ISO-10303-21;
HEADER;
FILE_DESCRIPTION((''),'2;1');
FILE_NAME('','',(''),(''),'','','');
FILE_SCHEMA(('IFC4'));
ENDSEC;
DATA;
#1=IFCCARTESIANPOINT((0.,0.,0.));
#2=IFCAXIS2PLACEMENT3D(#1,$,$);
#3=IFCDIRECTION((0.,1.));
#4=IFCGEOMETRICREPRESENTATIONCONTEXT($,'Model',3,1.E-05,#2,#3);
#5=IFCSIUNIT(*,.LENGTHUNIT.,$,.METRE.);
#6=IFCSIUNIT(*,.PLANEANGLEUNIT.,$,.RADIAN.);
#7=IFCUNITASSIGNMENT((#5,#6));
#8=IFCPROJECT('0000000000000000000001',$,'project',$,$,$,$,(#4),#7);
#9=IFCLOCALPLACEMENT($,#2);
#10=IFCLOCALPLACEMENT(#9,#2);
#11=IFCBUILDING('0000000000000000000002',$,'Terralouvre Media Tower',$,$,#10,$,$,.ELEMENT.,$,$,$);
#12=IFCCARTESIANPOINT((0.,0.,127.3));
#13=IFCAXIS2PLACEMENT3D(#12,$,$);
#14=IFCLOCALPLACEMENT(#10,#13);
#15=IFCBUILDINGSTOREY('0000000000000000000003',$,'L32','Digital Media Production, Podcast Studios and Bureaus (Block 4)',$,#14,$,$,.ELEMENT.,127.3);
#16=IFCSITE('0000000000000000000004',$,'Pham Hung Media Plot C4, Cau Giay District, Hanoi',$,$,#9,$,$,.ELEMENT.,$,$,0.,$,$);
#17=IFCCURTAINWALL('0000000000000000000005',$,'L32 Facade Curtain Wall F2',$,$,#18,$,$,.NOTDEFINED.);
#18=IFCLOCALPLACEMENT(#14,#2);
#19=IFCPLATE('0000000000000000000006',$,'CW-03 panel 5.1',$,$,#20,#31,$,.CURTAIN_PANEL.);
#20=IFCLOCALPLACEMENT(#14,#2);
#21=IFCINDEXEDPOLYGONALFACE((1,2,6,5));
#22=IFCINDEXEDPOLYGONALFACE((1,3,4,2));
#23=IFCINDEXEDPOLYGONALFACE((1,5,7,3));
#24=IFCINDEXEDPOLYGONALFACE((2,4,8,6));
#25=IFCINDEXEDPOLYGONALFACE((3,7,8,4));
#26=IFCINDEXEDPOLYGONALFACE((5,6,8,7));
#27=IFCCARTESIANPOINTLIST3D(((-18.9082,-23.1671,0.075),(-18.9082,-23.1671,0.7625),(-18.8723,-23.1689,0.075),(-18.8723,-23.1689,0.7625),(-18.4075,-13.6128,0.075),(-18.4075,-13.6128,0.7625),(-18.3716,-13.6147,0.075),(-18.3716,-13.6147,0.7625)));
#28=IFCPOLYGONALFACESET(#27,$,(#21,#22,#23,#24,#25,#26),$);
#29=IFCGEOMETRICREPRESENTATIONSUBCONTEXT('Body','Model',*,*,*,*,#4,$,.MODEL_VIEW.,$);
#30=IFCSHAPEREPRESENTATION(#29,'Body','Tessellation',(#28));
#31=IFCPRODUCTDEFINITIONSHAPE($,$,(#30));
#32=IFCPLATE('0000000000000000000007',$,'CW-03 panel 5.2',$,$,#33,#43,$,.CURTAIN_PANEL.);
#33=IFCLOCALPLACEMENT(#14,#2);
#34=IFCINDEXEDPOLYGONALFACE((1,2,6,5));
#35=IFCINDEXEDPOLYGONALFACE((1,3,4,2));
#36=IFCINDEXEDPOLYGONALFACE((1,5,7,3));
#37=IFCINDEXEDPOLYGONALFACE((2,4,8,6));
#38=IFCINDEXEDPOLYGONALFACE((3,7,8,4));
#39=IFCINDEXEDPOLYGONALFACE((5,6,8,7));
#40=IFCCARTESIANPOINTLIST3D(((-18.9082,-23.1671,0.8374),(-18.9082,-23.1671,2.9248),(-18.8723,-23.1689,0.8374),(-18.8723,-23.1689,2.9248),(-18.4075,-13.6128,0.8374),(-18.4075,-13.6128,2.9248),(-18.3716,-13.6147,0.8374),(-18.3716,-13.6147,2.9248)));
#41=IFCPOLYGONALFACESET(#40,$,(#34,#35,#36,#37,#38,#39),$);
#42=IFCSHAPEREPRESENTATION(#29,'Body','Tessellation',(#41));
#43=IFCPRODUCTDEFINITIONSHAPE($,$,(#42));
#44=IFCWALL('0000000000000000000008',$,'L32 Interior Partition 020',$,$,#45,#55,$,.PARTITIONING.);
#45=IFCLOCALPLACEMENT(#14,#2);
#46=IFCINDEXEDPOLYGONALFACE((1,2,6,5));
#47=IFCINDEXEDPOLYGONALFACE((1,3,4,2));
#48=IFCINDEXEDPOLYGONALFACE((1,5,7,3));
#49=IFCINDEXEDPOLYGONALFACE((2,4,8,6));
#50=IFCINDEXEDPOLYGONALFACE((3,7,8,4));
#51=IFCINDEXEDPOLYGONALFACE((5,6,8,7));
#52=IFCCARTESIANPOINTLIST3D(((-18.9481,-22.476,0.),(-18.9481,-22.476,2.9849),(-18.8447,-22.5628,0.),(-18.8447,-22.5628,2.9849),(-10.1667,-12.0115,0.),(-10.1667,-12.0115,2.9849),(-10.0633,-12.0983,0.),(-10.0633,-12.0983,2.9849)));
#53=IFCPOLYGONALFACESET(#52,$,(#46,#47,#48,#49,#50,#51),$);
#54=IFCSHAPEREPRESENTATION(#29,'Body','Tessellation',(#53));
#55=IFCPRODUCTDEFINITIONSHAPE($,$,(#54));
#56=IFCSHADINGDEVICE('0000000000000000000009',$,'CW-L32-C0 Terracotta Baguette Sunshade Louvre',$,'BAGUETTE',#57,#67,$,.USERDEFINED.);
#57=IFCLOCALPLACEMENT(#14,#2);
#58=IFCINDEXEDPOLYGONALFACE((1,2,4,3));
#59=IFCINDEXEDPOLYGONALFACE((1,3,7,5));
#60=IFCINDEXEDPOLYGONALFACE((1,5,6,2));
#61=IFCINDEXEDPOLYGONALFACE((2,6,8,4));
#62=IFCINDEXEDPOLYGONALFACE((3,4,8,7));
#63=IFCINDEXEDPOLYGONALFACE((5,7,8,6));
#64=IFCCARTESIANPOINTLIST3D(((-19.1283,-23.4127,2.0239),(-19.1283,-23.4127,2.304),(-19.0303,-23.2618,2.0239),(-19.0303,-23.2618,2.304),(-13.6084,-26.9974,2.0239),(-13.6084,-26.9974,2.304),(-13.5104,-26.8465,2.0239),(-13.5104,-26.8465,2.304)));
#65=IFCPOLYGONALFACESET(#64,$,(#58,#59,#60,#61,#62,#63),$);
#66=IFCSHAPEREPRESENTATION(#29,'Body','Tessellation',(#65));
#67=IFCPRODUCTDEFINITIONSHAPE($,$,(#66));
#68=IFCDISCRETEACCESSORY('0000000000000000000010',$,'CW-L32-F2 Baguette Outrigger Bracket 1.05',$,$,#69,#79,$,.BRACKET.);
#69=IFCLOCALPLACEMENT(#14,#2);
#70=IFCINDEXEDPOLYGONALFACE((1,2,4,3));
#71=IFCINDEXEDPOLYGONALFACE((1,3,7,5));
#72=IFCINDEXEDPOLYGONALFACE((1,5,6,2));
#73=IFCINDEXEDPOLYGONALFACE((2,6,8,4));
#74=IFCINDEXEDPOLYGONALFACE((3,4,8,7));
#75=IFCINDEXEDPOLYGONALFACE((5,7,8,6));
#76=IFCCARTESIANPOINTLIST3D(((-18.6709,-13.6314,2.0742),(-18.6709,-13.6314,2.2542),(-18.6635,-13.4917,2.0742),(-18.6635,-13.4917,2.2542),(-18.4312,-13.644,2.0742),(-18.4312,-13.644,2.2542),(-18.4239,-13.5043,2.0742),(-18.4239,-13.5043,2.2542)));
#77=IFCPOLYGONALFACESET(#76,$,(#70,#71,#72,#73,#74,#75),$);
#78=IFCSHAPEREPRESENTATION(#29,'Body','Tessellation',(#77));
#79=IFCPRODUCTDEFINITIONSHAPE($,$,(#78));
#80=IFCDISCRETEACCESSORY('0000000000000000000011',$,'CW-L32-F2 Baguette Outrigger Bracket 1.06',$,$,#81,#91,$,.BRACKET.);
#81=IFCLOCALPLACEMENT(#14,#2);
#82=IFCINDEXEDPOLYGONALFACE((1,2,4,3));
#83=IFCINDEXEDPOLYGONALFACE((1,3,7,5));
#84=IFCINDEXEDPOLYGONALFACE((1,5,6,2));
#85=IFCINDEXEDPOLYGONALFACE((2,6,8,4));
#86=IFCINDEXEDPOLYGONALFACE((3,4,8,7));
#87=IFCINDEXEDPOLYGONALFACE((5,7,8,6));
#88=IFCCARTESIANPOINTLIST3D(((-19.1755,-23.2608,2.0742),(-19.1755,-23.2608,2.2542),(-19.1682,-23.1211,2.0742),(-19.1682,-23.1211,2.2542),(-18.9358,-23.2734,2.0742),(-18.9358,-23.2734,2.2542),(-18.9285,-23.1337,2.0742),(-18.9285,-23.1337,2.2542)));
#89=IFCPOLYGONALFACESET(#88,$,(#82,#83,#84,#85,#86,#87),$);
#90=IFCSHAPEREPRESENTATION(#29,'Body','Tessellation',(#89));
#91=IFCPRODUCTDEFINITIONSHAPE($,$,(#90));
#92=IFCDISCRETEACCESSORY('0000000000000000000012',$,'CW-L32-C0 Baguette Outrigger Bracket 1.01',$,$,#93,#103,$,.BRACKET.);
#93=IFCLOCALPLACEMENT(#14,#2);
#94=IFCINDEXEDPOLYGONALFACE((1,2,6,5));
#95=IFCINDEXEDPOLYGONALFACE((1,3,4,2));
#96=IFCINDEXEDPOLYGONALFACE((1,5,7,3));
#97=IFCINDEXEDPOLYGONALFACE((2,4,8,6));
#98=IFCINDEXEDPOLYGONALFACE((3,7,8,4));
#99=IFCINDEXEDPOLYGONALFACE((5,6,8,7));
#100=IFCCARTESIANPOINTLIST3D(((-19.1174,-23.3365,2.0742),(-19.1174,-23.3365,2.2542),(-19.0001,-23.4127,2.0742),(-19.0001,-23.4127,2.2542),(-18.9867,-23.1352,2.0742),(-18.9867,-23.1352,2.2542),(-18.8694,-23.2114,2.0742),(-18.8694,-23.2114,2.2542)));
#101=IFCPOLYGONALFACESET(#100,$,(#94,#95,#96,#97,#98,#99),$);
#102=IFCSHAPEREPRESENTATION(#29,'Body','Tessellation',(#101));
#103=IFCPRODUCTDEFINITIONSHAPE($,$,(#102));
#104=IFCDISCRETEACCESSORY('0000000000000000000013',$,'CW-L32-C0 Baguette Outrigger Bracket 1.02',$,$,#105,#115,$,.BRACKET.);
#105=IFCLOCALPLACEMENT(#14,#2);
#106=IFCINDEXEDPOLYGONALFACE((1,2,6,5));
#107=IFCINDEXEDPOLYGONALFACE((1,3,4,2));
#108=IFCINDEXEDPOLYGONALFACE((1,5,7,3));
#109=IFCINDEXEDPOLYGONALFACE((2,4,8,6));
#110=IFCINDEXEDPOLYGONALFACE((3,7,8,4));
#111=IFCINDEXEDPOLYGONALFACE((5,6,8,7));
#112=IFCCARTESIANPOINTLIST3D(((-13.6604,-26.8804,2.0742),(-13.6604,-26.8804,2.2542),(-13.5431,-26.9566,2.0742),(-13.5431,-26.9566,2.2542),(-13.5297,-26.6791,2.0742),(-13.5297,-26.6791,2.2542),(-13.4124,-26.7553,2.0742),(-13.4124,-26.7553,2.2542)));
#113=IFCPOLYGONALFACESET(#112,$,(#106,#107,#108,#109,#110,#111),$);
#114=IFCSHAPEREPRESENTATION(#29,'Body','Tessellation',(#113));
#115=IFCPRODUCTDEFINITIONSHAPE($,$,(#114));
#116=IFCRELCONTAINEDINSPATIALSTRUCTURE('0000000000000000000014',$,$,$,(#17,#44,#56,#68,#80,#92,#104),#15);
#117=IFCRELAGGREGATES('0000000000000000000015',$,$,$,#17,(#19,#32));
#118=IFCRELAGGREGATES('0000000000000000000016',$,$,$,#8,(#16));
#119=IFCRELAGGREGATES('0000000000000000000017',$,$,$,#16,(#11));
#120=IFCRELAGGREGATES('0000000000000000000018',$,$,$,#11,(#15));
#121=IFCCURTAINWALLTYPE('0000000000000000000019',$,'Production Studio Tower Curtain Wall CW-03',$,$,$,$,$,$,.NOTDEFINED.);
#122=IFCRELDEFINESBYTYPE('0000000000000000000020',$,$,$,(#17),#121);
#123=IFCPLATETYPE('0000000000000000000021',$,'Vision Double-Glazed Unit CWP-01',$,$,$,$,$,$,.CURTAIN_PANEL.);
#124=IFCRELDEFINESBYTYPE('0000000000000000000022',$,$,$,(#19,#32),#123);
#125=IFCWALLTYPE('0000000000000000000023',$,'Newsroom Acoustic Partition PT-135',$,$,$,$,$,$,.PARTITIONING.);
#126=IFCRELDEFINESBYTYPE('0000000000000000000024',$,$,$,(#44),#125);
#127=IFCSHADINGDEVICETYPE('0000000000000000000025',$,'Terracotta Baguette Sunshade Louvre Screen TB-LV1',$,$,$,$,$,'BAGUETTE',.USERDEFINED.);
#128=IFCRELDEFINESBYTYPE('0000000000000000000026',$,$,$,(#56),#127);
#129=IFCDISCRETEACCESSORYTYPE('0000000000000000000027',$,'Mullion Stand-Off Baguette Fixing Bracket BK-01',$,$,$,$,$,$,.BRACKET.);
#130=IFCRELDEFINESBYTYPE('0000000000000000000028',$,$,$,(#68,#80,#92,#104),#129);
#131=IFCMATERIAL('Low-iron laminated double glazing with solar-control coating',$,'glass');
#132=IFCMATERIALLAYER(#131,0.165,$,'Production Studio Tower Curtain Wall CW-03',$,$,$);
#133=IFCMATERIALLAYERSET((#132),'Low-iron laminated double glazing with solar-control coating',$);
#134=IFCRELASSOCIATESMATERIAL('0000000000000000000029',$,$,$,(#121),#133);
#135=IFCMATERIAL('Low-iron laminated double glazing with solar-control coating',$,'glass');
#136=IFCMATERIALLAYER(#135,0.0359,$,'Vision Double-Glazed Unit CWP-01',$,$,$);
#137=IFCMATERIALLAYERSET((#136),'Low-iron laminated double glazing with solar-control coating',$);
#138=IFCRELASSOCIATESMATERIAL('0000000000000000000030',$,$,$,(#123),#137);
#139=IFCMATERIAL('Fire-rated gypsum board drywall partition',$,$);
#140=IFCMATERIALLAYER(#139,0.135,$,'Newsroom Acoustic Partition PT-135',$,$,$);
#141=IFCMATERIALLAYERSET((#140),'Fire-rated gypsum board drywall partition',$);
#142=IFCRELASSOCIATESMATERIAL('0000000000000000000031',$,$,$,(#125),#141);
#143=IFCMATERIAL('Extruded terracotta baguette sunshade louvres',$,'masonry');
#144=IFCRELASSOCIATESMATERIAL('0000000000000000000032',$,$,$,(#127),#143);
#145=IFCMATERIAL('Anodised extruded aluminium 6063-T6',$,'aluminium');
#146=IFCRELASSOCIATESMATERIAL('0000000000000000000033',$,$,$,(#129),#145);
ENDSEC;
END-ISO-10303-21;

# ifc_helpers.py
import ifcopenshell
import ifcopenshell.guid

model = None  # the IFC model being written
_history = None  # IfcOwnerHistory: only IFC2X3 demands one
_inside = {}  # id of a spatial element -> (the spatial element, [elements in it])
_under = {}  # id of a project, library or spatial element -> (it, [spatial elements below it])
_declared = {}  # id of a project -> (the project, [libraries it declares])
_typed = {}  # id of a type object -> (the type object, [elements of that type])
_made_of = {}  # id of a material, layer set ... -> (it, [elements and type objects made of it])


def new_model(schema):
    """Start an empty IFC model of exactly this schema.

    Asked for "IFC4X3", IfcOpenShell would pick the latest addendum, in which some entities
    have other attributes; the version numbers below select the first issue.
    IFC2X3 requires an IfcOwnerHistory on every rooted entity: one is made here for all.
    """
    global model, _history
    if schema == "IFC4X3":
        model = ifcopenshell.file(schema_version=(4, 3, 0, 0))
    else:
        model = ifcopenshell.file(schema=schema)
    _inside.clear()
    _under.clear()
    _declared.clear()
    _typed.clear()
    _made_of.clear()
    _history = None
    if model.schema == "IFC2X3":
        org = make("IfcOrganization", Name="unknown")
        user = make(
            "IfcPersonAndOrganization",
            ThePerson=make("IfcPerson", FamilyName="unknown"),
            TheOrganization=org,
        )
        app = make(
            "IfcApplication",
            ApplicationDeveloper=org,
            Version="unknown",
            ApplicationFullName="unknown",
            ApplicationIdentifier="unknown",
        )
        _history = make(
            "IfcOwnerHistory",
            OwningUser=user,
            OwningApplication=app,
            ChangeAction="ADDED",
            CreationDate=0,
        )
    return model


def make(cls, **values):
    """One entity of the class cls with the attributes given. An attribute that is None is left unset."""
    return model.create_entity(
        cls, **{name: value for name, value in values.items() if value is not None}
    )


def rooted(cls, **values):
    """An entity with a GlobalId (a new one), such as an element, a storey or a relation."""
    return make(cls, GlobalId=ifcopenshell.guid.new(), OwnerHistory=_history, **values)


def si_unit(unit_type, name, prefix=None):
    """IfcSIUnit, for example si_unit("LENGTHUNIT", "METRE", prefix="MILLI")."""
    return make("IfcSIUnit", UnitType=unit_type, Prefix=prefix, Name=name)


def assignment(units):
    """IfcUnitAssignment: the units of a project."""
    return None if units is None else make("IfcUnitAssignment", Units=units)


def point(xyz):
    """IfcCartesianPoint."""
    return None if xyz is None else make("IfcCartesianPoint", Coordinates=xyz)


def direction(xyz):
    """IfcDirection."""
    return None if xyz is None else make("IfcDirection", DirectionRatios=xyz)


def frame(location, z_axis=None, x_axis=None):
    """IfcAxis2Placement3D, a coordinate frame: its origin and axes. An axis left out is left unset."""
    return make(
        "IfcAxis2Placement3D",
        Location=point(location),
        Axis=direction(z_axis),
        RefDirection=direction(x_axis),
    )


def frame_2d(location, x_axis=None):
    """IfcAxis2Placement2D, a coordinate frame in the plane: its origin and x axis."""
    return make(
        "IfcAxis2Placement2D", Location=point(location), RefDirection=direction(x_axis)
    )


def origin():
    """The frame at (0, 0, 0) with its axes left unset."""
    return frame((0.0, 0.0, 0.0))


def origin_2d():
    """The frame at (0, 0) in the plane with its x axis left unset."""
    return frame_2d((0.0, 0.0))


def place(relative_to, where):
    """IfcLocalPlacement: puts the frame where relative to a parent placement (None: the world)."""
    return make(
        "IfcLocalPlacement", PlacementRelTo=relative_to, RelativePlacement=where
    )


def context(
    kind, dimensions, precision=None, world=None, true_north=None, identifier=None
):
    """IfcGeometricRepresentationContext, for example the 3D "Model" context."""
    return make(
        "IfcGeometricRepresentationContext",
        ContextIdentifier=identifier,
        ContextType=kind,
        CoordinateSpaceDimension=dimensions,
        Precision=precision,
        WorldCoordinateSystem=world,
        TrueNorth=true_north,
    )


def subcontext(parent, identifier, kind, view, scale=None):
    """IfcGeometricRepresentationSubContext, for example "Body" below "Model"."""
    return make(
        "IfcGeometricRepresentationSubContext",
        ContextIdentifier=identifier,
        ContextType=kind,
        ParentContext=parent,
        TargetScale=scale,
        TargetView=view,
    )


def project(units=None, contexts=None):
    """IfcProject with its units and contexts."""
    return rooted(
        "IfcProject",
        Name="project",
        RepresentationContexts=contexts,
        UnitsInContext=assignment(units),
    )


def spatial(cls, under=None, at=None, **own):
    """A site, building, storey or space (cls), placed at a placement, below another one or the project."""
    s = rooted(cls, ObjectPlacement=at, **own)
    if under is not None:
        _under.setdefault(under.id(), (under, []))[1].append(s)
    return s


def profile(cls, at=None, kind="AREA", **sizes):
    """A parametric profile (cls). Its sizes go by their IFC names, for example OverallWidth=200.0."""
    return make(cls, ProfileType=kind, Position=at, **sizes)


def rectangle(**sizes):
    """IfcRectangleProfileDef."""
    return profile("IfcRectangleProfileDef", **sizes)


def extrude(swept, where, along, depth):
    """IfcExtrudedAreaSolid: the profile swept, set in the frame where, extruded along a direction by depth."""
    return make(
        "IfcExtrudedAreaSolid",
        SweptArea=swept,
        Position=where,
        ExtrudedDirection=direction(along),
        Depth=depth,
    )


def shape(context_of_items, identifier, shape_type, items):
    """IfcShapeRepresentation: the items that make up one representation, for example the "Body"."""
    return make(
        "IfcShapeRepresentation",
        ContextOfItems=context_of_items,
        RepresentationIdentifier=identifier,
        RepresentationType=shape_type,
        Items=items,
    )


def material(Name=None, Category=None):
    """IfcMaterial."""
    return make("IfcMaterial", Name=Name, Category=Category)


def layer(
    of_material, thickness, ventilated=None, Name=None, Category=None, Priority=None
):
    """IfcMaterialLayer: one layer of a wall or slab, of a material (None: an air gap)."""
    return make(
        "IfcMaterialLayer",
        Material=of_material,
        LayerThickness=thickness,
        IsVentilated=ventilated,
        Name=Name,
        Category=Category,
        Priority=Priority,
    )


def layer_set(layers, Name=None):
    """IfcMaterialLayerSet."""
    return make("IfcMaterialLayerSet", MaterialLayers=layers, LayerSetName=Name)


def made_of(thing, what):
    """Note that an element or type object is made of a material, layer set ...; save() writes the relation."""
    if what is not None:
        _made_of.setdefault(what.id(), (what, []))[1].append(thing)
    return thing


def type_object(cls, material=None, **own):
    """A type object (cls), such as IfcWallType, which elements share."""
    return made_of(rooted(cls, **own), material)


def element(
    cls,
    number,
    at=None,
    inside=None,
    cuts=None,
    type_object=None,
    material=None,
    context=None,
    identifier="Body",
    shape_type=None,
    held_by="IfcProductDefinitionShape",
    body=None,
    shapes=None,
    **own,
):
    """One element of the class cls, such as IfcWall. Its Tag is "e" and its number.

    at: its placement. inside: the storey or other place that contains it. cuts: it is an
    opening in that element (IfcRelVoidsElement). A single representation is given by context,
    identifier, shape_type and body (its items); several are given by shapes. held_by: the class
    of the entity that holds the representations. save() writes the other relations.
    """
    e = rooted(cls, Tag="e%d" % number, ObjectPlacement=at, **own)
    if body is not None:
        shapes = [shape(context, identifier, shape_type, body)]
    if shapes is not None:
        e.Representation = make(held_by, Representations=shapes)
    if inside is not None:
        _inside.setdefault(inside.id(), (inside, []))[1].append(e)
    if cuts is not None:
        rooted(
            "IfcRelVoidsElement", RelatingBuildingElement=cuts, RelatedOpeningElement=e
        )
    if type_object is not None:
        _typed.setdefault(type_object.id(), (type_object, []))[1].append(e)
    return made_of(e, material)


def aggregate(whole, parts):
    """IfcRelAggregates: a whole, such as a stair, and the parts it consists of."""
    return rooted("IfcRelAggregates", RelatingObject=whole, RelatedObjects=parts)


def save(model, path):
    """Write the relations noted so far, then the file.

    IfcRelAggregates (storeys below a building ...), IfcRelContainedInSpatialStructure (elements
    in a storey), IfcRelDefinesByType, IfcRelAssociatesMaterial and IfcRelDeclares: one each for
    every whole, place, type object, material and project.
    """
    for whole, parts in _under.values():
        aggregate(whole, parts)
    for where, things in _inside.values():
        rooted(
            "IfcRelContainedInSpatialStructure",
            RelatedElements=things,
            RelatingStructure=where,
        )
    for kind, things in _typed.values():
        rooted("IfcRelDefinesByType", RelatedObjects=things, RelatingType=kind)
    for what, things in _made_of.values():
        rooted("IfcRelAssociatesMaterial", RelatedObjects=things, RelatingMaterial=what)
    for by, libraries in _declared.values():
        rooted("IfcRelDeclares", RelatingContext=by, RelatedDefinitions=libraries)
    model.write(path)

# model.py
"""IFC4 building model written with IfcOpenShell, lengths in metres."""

from ifc_helpers import new_model, si_unit, direction, frame, frame_2d, origin, origin_2d, place, context, subcontext, project, spatial, rectangle, extrude, material, layer, layer_set, type_object, element, aggregate, save


model = new_model("IFC4")

# Units and contexts
model_context = context("Model", 3, precision=1e-05, world=origin(), true_north=direction((0.0, 1.0)))
body_context = subcontext(model_context, "Body", "Model", "MODEL_VIEW")
ifc_project = project(units=[si_unit("LENGTHUNIT", "METRE"), si_unit("PLANEANGLEUNIT", "RADIAN")], contexts=[model_context])

# Site, building, storey
site_placement = place(None, origin())
site = spatial("IfcSite", under=ifc_project, at=site_placement, Name="Pham Hung Media Plot C4, Cau Giay District, Hanoi", CompositionType="ELEMENT", RefElevation=0.0)
building_placement = place(site_placement, origin())
building = spatial("IfcBuilding", under=site, at=building_placement, Name="Terralouvre Media Tower", CompositionType="ELEMENT")
storey_placement = place(building_placement, frame((0.0, 0.0, 127.3)))
storey = spatial("IfcBuildingStorey", under=building, at=storey_placement, Name="L32", Description="Digital Media Production, Podcast Studios and Bureaus (Block 4)", CompositionType="ELEMENT", Elevation=127.3)

# Curtain wall
ifc_material_1 = material(Name="Low-iron laminated double glazing with solar-control coating", Category="glass")
ifc_layer_1 = layer(ifc_material_1, 0.165, Name="Production Studio Tower Curtain Wall CW-03")
ifc_layer_set_1 = layer_set([ifc_layer_1], Name="Low-iron laminated double glazing with solar-control coating")
curtain_wall_type_1 = type_object("IfcCurtainWallType", Name="Production Studio Tower Curtain Wall CW-03", PredefinedType="NOTDEFINED", material=ifc_layer_set_1)
curtain_wall_1_placement = place(storey_placement, origin())
curtain_wall_1 = element("IfcCurtainWall", 1, at=curtain_wall_1_placement, inside=storey, type_object=curtain_wall_type_1, Name="L32 Facade Curtain Wall F2", PredefinedType="NOTDEFINED")

# Plates
ifc_material_2 = material(Name="Low-iron laminated double glazing with solar-control coating", Category="glass")
ifc_layer_2 = layer(ifc_material_2, 0.0359, Name="Vision Double-Glazed Unit CWP-01")
ifc_layer_set_2 = layer_set([ifc_layer_2], Name="Low-iron laminated double glazing with solar-control coating")
plate_type_1 = type_object("IfcPlateType", Name="Vision Double-Glazed Unit CWP-01", PredefinedType="CURTAIN_PANEL", material=ifc_layer_set_2)
plate_1_placement = place(storey_placement, frame((-18.6399, -18.3909, 0.075), z_axis=(0.0, 0.0, 1.0), x_axis=(-0.052336, -0.99863, 0.0)))
plate_1 = element("IfcPlate", 2, at=plate_1_placement, type_object=plate_type_1, Name="CW-03 panel 5.1", PredefinedType="CURTAIN_PANEL", context=body_context, shape_type="SweptSolid", body=[
    extrude(rectangle(XDim=9.5674, YDim=0.0359, at=origin_2d()), origin(), (0.0, 0.0, 1.0), 0.6875),
])
plate_2_placement = place(storey_placement, frame((-18.6399, -18.3909, 0.8374), z_axis=(0.0, 0.0, 1.0), x_axis=(-0.052336, -0.99863, 0.0)))
plate_2 = element("IfcPlate", 3, at=plate_2_placement, type_object=plate_type_1, Name="CW-03 panel 5.2", PredefinedType="CURTAIN_PANEL", context=body_context, shape_type="SweptSolid", body=[
    extrude(rectangle(XDim=9.5674, YDim=0.0359, at=origin_2d()), origin(), (0.0, 0.0, 1.0), 2.0874),
])
aggregate(curtain_wall_1, [plate_1, plate_2])

# Wall
ifc_material_3 = material(Name="Fire-rated gypsum board drywall partition")
ifc_layer_3 = layer(ifc_material_3, 0.135, Name="Newsroom Acoustic Partition PT-135")
ifc_layer_set_3 = layer_set([ifc_layer_3], Name="Fire-rated gypsum board drywall partition")
wall_type = type_object("IfcWallType", Name="Newsroom Acoustic Partition PT-135", PredefinedType="PARTITIONING", material=ifc_layer_set_3)
wall_placement = place(storey_placement, frame((-18.8965, -22.5195, 0.0), z_axis=(0.0, 0.0, 1.0), x_axis=(0.642816, 0.766021, 0.0)))
element("IfcWall", 4, at=wall_placement, inside=storey, type_object=wall_type, Name="L32 Interior Partition 020", PredefinedType="PARTITIONING", context=body_context, shape_type="SweptSolid", body=[
    extrude(rectangle(XDim=13.6609, YDim=0.135, at=frame_2d((6.8306, 0.0))), origin(), (0.0, 0.0, 1.0), 2.9849),
])

# Shading device
ifc_material_4 = material(Name="Extruded terracotta baguette sunshade louvres", Category="masonry")
shading_device_type = type_object("IfcShadingDeviceType", Name="Terracotta Baguette Sunshade Louvre Screen TB-LV1", ElementType="BAGUETTE", PredefinedType="USERDEFINED", material=ifc_material_4)
shading_device_placement = place(storey_placement, frame((-16.3193, -25.1296, 2.0239), z_axis=(0.0, 0.0, 1.0), x_axis=(0.83867, -0.544639, 0.0)))
element("IfcShadingDevice", 5, at=shading_device_placement, inside=storey, type_object=shading_device_type, Name="CW-L32-C0 Terracotta Baguette Sunshade Louvre", ObjectType="BAGUETTE", PredefinedType="USERDEFINED", context=body_context, shape_type="SweptSolid", body=[
    extrude(rectangle(XDim=6.5818, YDim=0.1799, at=origin_2d()), origin(), (0.0, 0.0, 1.0), 0.28),
])

# Discrete accessories
ifc_material_5 = material(Name="Anodised extruded aluminium 6063-T6", Category="aluminium")
discrete_accessory_type = type_object("IfcDiscreteAccessoryType", Name="Mullion Stand-Off Baguette Fixing Bracket BK-01", PredefinedType="BRACKET", material=ifc_material_5)
for number, where, z_axis, x_axis, name in (
    (6, (-18.5474, -13.5679, 2.0742), (0.0, 0.0, 1.0), (-0.052336, -0.99863, 0.0), "CW-L32-F2 Baguette Outrigger Bracket 1.05"),
    (7, (-19.052, -23.1973, 2.0742), (0.0, 0.0, 1.0), (-0.052336, -0.99863, 0.0), "CW-L32-F2 Baguette Outrigger Bracket 1.06"),
    (8, (-18.9934, -23.2739, 2.0742), (0.0, 0.0, 1.0), (0.83867, -0.544639, 0.0), "CW-L32-C0 Baguette Outrigger Bracket 1.01"),
    (9, (-13.5364, -26.8179, 2.0742), (0.0, 0.0, 1.0), (0.83867, -0.544639, 0.0), "CW-L32-C0 Baguette Outrigger Bracket 1.02"),
):
    element("IfcDiscreteAccessory", number, at=place(storey_placement, frame(where, z_axis=z_axis, x_axis=x_axis)), inside=storey, type_object=discrete_accessory_type, Name=name, PredefinedType="BRACKET", context=body_context, shape_type="SweptSolid", body=[
        extrude(rectangle(XDim=0.1399, YDim=0.24, at=origin_2d()), origin(), (0.0, 0.0, 1.0), 0.1799),
    ])

save(model, "model.ifc")
